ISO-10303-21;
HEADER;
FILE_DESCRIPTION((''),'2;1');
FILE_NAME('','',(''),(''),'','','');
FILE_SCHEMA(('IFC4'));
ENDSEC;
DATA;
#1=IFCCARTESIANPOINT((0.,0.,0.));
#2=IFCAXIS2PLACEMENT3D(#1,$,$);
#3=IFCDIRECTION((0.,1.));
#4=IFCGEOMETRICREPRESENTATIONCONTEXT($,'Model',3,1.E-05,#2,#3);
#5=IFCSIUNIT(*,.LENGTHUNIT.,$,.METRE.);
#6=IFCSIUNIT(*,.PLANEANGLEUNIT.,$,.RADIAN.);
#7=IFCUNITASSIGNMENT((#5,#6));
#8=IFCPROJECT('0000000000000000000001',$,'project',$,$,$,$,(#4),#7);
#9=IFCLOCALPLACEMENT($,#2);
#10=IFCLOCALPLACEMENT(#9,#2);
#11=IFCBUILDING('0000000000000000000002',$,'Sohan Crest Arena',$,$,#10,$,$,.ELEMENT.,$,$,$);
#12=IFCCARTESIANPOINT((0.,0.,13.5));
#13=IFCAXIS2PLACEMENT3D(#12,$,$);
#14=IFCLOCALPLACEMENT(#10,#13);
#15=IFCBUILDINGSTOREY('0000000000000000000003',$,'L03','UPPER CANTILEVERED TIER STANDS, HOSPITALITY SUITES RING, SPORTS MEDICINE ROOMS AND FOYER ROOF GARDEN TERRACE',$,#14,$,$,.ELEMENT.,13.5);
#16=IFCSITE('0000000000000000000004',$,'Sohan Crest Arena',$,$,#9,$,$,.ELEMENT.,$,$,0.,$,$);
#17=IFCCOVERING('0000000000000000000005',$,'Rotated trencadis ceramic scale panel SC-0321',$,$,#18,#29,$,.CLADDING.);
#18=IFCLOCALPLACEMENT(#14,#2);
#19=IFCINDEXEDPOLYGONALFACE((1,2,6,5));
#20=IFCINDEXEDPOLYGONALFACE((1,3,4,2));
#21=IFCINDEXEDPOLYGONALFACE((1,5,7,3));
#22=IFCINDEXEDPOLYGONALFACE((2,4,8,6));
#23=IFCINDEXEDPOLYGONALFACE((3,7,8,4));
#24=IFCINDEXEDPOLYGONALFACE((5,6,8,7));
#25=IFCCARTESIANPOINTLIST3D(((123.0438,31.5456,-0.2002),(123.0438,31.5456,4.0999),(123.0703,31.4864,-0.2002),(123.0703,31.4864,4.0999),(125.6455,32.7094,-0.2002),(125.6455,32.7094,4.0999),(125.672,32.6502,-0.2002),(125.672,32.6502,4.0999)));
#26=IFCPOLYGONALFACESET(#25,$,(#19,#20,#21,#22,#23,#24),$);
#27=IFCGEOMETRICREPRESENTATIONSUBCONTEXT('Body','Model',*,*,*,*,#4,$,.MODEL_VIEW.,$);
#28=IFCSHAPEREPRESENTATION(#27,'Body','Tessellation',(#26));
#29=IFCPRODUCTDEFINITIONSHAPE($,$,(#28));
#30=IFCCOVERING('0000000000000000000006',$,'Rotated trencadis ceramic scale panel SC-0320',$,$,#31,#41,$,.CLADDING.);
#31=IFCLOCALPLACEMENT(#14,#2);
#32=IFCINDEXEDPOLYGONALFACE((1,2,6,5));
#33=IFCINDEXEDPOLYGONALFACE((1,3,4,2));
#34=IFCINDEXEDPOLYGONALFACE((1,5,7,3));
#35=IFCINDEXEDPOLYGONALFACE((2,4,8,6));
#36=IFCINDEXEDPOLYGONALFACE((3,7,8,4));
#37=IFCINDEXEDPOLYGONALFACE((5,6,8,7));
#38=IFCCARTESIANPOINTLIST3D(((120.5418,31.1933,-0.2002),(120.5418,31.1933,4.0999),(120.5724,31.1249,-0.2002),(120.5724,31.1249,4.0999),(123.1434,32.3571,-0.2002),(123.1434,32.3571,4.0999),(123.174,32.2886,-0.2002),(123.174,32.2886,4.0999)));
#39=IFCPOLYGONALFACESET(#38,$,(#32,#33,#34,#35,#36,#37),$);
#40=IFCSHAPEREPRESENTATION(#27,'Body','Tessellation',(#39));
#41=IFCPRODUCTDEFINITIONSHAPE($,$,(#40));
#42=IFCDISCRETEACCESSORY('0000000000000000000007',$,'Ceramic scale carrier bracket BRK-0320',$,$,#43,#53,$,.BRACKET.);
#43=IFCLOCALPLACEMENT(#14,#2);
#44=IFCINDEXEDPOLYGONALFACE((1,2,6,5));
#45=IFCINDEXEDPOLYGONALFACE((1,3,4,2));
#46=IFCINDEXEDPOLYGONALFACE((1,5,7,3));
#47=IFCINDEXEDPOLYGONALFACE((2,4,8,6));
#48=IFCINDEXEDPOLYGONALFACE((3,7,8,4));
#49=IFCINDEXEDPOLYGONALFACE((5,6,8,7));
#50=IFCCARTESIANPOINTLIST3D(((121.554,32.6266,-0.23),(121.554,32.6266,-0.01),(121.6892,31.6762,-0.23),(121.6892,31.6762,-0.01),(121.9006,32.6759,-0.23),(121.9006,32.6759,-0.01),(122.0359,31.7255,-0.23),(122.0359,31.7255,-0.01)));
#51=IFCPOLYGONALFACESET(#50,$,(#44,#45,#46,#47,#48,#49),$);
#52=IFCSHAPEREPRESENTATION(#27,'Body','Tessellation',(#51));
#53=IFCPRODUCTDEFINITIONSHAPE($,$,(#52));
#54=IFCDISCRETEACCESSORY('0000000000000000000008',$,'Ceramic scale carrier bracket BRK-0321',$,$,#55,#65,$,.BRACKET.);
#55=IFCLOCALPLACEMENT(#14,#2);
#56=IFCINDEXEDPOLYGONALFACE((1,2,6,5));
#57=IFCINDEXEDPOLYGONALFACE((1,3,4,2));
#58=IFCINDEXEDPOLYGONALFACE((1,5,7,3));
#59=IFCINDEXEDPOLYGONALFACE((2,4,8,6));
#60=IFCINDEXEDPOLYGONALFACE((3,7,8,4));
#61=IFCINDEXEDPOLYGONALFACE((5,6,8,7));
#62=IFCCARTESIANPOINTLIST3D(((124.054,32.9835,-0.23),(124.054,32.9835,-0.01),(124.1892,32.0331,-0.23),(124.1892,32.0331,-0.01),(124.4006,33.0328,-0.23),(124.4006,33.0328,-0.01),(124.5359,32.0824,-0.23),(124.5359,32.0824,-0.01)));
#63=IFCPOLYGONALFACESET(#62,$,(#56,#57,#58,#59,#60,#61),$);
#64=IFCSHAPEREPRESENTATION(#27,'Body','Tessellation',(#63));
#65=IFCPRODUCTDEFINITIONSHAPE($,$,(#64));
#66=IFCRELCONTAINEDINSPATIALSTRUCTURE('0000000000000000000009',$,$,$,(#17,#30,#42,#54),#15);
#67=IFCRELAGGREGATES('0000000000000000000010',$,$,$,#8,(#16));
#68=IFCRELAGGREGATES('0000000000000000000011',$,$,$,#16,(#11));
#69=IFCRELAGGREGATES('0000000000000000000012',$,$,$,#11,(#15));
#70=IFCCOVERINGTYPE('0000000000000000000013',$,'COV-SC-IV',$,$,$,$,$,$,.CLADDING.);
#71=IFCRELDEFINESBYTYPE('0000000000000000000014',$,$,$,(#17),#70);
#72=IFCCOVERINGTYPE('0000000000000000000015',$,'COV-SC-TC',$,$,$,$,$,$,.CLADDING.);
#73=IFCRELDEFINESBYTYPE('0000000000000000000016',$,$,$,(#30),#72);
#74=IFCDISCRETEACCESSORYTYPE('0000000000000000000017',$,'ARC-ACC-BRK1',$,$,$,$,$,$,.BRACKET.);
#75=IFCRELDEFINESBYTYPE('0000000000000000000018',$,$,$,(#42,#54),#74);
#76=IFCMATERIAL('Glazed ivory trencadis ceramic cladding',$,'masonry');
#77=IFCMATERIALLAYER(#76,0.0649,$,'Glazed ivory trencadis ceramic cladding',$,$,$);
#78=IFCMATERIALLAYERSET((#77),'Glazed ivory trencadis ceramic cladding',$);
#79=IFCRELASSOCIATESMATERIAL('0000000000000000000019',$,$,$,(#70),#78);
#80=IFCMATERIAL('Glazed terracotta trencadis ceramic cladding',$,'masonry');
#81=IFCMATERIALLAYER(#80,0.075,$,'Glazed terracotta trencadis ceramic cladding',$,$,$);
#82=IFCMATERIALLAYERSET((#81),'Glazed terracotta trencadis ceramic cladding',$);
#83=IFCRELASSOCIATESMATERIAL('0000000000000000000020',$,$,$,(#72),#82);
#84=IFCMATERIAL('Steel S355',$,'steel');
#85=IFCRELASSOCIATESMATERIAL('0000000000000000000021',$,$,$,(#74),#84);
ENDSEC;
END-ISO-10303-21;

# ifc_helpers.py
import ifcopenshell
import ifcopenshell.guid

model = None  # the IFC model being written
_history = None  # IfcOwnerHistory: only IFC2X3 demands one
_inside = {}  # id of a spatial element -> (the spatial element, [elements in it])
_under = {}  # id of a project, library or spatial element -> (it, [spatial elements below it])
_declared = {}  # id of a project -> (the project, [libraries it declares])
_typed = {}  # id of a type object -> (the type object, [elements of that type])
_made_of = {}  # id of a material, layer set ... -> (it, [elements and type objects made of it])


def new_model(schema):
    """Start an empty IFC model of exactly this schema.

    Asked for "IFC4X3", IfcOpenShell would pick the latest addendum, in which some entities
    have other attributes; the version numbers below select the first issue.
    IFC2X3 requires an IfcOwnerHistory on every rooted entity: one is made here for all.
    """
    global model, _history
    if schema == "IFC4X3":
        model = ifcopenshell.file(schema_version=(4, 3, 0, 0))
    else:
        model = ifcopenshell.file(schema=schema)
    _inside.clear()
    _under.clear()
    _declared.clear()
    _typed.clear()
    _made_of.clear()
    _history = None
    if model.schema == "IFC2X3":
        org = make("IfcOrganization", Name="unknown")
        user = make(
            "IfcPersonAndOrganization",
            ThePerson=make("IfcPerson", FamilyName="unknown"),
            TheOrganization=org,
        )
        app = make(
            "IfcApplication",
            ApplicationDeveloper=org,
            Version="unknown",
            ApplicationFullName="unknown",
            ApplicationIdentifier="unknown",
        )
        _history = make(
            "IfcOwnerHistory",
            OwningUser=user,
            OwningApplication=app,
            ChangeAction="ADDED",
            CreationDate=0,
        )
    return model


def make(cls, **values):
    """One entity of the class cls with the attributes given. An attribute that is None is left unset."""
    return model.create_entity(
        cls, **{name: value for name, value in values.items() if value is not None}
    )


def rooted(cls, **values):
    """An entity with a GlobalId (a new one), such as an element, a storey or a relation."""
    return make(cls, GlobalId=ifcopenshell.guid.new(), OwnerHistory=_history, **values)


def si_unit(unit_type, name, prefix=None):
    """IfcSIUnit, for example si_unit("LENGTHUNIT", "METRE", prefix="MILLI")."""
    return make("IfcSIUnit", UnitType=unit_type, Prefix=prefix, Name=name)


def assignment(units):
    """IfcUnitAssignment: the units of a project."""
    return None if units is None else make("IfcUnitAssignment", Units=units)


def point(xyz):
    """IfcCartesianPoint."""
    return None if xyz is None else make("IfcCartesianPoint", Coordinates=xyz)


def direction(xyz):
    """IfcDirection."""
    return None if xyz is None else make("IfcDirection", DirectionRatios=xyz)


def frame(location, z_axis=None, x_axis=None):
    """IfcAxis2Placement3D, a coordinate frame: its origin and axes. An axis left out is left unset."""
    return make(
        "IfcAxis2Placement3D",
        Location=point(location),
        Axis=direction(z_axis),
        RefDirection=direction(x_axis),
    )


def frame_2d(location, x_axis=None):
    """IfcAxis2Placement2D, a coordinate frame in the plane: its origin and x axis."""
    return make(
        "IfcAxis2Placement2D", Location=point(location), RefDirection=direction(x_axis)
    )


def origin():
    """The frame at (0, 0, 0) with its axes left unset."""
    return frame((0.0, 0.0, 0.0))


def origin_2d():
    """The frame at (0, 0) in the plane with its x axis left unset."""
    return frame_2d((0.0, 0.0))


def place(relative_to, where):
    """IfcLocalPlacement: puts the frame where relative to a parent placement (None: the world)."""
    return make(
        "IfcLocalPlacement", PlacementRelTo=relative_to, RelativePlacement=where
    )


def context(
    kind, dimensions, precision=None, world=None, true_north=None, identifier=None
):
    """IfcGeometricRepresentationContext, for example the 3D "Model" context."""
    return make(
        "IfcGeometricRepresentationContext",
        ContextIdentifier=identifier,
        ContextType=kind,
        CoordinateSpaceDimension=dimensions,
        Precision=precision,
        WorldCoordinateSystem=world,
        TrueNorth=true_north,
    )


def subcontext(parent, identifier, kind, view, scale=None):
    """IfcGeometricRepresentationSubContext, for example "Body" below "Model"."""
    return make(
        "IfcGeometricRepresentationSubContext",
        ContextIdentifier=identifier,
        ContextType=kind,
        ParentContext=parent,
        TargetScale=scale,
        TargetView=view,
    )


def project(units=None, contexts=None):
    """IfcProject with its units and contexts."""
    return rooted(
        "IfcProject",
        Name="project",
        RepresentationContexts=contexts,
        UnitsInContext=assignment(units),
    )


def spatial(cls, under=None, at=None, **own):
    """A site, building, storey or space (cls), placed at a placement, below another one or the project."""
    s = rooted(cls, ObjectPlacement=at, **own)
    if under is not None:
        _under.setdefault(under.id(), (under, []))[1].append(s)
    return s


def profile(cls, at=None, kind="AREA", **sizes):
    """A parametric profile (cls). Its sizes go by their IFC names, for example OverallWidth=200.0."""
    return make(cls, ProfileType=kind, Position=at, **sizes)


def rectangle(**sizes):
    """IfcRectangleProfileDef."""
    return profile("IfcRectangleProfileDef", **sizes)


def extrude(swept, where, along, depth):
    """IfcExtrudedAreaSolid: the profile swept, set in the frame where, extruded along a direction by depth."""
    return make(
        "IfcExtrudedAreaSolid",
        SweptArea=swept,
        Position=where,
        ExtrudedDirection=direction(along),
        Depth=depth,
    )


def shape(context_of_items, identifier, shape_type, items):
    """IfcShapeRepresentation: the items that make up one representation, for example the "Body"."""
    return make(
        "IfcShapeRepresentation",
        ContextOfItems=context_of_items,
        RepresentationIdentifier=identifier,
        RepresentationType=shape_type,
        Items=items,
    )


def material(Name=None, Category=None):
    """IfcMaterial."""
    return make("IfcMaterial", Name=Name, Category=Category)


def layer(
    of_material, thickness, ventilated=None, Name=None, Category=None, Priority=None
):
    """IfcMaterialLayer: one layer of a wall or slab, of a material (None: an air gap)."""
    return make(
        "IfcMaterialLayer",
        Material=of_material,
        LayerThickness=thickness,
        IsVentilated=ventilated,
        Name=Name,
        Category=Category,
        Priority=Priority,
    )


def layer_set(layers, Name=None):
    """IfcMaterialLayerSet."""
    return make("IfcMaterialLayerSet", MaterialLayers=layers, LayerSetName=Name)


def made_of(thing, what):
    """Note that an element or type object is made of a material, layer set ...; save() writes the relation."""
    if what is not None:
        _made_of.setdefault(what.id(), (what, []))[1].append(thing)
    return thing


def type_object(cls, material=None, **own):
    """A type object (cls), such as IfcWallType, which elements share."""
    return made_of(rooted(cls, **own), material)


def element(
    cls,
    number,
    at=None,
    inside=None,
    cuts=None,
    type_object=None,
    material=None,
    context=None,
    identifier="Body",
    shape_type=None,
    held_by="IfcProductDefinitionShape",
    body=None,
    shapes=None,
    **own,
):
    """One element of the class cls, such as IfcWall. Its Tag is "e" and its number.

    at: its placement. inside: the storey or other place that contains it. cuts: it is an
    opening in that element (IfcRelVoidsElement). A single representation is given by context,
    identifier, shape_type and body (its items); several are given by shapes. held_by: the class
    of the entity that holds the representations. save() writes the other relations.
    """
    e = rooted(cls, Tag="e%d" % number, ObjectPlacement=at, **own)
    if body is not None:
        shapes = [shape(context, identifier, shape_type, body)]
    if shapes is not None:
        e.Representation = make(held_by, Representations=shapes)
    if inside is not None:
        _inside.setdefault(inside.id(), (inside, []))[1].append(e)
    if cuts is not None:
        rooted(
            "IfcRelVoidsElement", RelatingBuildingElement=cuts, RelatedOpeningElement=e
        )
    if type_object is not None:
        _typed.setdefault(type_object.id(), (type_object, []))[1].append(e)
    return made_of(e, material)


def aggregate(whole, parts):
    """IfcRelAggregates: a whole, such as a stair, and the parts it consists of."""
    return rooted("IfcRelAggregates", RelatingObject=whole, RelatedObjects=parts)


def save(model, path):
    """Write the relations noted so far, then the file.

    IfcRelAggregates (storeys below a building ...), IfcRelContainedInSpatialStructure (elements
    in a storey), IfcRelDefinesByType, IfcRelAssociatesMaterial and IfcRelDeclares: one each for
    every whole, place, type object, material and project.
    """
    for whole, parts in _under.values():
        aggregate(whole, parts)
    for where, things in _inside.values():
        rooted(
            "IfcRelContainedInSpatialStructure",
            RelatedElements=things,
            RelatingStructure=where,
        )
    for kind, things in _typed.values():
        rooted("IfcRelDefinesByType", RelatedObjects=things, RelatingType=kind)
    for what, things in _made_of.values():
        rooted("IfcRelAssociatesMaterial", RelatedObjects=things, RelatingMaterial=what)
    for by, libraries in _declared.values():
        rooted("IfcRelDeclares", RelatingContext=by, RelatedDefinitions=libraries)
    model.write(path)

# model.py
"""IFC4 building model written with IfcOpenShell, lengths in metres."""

from ifc_helpers import new_model, si_unit, direction, frame, origin, origin_2d, place, context, subcontext, project, spatial, rectangle, extrude, material, layer, layer_set, type_object, element, save


model = new_model("IFC4")

# Units and contexts
model_context = context("Model", 3, precision=1e-05, world=origin(), true_north=direction((0.0, 1.0)))
body_context = subcontext(model_context, "Body", "Model", "MODEL_VIEW")
ifc_project = project(units=[si_unit("LENGTHUNIT", "METRE"), si_unit("PLANEANGLEUNIT", "RADIAN")], contexts=[model_context])

# Site, building, storey
site_placement = place(None, origin())
site = spatial("IfcSite", under=ifc_project, at=site_placement, Name="Sohan Crest Arena", CompositionType="ELEMENT", RefElevation=0.0)
building_placement = place(site_placement, origin())
building = spatial("IfcBuilding", under=site, at=building_placement, Name="Sohan Crest Arena", CompositionType="ELEMENT")
storey_placement = place(building_placement, frame((0.0, 0.0, 13.5)))
storey = spatial("IfcBuildingStorey", under=building, at=storey_placement, Name="L03", Description="UPPER CANTILEVERED TIER STANDS, HOSPITALITY SUITES RING, SPORTS MEDICINE ROOMS AND FOYER ROOF GARDEN TERRACE", CompositionType="ELEMENT", Elevation=13.5)

# Coverings
ifc_material_1 = material(Name="Glazed ivory trencadis ceramic cladding", Category="masonry")
ifc_layer_1 = layer(ifc_material_1, 0.0649, Name="Glazed ivory trencadis ceramic cladding")
ifc_layer_set_1 = layer_set([ifc_layer_1], Name="Glazed ivory trencadis ceramic cladding")
covering_type_1 = type_object("IfcCoveringType", Name="COV-SC-IV", PredefinedType="CLADDING", material=ifc_layer_set_1)
covering_1_placement = place(storey_placement, frame((124.3579, 32.0979, -0.2002), z_axis=(0.0, 0.0, 1.0), x_axis=(0.912834, 0.40833, 0.0)))
element("IfcCovering", 1, at=covering_1_placement, inside=storey, type_object=covering_type_1, Name="Rotated trencadis ceramic scale panel SC-0321", PredefinedType="CLADDING", context=body_context, shape_type="SweptSolid", body=[
    extrude(rectangle(XDim=2.8501, YDim=0.0649, at=origin_2d()), origin(), (0.0, 0.0, 1.0), 4.3),
])
ifc_material_2 = material(Name="Glazed terracotta trencadis ceramic cladding", Category="masonry")
ifc_layer_2 = layer(ifc_material_2, 0.075, Name="Glazed terracotta trencadis ceramic cladding")
ifc_layer_set_2 = layer_set([ifc_layer_2], Name="Glazed terracotta trencadis ceramic cladding")
covering_type_2 = type_object("IfcCoveringType", Name="COV-SC-TC", PredefinedType="CLADDING", material=ifc_layer_set_2)
covering_2_placement = place(storey_placement, frame((121.8579, 31.741, -0.2002), z_axis=(0.0, 0.0, 1.0), x_axis=(0.912834, 0.40833, 0.0)))
element("IfcCovering", 2, at=covering_2_placement, inside=storey, type_object=covering_type_2, Name="Rotated trencadis ceramic scale panel SC-0320", PredefinedType="CLADDING", context=body_context, shape_type="SweptSolid", body=[
    extrude(rectangle(XDim=2.8501, YDim=0.075, at=origin_2d()), origin(), (0.0, 0.0, 1.0), 4.3),
])

# Discrete accessories
ifc_material_3 = material(Name="Steel S355", Category="steel")
discrete_accessory_type = type_object("IfcDiscreteAccessoryType", Name="ARC-ACC-BRK1", PredefinedType="BRACKET", material=ifc_material_3)
for number, where, z_axis, x_axis, name in (
    (3, (121.7949, 32.176, -0.23), (0.0, 0.0, 1.0), (0.990024, 0.140901, 0.0), "Ceramic scale carrier bracket BRK-0320"),
    (4, (124.2949, 32.533, -0.23), (0.0, 0.0, 1.0), (0.990024, 0.140901, 0.0), "Ceramic scale carrier bracket BRK-0321"),
):
    element("IfcDiscreteAccessory", number, at=place(storey_placement, frame(where, z_axis=z_axis, x_axis=x_axis)), inside=storey, type_object=discrete_accessory_type, Name=name, PredefinedType="BRACKET", context=body_context, shape_type="SweptSolid", body=[
        extrude(rectangle(XDim=0.3501, YDim=0.96, at=origin_2d()), origin(), (0.0, 0.0, 1.0), 0.22),
    ])

save(model, "model.ifc")
